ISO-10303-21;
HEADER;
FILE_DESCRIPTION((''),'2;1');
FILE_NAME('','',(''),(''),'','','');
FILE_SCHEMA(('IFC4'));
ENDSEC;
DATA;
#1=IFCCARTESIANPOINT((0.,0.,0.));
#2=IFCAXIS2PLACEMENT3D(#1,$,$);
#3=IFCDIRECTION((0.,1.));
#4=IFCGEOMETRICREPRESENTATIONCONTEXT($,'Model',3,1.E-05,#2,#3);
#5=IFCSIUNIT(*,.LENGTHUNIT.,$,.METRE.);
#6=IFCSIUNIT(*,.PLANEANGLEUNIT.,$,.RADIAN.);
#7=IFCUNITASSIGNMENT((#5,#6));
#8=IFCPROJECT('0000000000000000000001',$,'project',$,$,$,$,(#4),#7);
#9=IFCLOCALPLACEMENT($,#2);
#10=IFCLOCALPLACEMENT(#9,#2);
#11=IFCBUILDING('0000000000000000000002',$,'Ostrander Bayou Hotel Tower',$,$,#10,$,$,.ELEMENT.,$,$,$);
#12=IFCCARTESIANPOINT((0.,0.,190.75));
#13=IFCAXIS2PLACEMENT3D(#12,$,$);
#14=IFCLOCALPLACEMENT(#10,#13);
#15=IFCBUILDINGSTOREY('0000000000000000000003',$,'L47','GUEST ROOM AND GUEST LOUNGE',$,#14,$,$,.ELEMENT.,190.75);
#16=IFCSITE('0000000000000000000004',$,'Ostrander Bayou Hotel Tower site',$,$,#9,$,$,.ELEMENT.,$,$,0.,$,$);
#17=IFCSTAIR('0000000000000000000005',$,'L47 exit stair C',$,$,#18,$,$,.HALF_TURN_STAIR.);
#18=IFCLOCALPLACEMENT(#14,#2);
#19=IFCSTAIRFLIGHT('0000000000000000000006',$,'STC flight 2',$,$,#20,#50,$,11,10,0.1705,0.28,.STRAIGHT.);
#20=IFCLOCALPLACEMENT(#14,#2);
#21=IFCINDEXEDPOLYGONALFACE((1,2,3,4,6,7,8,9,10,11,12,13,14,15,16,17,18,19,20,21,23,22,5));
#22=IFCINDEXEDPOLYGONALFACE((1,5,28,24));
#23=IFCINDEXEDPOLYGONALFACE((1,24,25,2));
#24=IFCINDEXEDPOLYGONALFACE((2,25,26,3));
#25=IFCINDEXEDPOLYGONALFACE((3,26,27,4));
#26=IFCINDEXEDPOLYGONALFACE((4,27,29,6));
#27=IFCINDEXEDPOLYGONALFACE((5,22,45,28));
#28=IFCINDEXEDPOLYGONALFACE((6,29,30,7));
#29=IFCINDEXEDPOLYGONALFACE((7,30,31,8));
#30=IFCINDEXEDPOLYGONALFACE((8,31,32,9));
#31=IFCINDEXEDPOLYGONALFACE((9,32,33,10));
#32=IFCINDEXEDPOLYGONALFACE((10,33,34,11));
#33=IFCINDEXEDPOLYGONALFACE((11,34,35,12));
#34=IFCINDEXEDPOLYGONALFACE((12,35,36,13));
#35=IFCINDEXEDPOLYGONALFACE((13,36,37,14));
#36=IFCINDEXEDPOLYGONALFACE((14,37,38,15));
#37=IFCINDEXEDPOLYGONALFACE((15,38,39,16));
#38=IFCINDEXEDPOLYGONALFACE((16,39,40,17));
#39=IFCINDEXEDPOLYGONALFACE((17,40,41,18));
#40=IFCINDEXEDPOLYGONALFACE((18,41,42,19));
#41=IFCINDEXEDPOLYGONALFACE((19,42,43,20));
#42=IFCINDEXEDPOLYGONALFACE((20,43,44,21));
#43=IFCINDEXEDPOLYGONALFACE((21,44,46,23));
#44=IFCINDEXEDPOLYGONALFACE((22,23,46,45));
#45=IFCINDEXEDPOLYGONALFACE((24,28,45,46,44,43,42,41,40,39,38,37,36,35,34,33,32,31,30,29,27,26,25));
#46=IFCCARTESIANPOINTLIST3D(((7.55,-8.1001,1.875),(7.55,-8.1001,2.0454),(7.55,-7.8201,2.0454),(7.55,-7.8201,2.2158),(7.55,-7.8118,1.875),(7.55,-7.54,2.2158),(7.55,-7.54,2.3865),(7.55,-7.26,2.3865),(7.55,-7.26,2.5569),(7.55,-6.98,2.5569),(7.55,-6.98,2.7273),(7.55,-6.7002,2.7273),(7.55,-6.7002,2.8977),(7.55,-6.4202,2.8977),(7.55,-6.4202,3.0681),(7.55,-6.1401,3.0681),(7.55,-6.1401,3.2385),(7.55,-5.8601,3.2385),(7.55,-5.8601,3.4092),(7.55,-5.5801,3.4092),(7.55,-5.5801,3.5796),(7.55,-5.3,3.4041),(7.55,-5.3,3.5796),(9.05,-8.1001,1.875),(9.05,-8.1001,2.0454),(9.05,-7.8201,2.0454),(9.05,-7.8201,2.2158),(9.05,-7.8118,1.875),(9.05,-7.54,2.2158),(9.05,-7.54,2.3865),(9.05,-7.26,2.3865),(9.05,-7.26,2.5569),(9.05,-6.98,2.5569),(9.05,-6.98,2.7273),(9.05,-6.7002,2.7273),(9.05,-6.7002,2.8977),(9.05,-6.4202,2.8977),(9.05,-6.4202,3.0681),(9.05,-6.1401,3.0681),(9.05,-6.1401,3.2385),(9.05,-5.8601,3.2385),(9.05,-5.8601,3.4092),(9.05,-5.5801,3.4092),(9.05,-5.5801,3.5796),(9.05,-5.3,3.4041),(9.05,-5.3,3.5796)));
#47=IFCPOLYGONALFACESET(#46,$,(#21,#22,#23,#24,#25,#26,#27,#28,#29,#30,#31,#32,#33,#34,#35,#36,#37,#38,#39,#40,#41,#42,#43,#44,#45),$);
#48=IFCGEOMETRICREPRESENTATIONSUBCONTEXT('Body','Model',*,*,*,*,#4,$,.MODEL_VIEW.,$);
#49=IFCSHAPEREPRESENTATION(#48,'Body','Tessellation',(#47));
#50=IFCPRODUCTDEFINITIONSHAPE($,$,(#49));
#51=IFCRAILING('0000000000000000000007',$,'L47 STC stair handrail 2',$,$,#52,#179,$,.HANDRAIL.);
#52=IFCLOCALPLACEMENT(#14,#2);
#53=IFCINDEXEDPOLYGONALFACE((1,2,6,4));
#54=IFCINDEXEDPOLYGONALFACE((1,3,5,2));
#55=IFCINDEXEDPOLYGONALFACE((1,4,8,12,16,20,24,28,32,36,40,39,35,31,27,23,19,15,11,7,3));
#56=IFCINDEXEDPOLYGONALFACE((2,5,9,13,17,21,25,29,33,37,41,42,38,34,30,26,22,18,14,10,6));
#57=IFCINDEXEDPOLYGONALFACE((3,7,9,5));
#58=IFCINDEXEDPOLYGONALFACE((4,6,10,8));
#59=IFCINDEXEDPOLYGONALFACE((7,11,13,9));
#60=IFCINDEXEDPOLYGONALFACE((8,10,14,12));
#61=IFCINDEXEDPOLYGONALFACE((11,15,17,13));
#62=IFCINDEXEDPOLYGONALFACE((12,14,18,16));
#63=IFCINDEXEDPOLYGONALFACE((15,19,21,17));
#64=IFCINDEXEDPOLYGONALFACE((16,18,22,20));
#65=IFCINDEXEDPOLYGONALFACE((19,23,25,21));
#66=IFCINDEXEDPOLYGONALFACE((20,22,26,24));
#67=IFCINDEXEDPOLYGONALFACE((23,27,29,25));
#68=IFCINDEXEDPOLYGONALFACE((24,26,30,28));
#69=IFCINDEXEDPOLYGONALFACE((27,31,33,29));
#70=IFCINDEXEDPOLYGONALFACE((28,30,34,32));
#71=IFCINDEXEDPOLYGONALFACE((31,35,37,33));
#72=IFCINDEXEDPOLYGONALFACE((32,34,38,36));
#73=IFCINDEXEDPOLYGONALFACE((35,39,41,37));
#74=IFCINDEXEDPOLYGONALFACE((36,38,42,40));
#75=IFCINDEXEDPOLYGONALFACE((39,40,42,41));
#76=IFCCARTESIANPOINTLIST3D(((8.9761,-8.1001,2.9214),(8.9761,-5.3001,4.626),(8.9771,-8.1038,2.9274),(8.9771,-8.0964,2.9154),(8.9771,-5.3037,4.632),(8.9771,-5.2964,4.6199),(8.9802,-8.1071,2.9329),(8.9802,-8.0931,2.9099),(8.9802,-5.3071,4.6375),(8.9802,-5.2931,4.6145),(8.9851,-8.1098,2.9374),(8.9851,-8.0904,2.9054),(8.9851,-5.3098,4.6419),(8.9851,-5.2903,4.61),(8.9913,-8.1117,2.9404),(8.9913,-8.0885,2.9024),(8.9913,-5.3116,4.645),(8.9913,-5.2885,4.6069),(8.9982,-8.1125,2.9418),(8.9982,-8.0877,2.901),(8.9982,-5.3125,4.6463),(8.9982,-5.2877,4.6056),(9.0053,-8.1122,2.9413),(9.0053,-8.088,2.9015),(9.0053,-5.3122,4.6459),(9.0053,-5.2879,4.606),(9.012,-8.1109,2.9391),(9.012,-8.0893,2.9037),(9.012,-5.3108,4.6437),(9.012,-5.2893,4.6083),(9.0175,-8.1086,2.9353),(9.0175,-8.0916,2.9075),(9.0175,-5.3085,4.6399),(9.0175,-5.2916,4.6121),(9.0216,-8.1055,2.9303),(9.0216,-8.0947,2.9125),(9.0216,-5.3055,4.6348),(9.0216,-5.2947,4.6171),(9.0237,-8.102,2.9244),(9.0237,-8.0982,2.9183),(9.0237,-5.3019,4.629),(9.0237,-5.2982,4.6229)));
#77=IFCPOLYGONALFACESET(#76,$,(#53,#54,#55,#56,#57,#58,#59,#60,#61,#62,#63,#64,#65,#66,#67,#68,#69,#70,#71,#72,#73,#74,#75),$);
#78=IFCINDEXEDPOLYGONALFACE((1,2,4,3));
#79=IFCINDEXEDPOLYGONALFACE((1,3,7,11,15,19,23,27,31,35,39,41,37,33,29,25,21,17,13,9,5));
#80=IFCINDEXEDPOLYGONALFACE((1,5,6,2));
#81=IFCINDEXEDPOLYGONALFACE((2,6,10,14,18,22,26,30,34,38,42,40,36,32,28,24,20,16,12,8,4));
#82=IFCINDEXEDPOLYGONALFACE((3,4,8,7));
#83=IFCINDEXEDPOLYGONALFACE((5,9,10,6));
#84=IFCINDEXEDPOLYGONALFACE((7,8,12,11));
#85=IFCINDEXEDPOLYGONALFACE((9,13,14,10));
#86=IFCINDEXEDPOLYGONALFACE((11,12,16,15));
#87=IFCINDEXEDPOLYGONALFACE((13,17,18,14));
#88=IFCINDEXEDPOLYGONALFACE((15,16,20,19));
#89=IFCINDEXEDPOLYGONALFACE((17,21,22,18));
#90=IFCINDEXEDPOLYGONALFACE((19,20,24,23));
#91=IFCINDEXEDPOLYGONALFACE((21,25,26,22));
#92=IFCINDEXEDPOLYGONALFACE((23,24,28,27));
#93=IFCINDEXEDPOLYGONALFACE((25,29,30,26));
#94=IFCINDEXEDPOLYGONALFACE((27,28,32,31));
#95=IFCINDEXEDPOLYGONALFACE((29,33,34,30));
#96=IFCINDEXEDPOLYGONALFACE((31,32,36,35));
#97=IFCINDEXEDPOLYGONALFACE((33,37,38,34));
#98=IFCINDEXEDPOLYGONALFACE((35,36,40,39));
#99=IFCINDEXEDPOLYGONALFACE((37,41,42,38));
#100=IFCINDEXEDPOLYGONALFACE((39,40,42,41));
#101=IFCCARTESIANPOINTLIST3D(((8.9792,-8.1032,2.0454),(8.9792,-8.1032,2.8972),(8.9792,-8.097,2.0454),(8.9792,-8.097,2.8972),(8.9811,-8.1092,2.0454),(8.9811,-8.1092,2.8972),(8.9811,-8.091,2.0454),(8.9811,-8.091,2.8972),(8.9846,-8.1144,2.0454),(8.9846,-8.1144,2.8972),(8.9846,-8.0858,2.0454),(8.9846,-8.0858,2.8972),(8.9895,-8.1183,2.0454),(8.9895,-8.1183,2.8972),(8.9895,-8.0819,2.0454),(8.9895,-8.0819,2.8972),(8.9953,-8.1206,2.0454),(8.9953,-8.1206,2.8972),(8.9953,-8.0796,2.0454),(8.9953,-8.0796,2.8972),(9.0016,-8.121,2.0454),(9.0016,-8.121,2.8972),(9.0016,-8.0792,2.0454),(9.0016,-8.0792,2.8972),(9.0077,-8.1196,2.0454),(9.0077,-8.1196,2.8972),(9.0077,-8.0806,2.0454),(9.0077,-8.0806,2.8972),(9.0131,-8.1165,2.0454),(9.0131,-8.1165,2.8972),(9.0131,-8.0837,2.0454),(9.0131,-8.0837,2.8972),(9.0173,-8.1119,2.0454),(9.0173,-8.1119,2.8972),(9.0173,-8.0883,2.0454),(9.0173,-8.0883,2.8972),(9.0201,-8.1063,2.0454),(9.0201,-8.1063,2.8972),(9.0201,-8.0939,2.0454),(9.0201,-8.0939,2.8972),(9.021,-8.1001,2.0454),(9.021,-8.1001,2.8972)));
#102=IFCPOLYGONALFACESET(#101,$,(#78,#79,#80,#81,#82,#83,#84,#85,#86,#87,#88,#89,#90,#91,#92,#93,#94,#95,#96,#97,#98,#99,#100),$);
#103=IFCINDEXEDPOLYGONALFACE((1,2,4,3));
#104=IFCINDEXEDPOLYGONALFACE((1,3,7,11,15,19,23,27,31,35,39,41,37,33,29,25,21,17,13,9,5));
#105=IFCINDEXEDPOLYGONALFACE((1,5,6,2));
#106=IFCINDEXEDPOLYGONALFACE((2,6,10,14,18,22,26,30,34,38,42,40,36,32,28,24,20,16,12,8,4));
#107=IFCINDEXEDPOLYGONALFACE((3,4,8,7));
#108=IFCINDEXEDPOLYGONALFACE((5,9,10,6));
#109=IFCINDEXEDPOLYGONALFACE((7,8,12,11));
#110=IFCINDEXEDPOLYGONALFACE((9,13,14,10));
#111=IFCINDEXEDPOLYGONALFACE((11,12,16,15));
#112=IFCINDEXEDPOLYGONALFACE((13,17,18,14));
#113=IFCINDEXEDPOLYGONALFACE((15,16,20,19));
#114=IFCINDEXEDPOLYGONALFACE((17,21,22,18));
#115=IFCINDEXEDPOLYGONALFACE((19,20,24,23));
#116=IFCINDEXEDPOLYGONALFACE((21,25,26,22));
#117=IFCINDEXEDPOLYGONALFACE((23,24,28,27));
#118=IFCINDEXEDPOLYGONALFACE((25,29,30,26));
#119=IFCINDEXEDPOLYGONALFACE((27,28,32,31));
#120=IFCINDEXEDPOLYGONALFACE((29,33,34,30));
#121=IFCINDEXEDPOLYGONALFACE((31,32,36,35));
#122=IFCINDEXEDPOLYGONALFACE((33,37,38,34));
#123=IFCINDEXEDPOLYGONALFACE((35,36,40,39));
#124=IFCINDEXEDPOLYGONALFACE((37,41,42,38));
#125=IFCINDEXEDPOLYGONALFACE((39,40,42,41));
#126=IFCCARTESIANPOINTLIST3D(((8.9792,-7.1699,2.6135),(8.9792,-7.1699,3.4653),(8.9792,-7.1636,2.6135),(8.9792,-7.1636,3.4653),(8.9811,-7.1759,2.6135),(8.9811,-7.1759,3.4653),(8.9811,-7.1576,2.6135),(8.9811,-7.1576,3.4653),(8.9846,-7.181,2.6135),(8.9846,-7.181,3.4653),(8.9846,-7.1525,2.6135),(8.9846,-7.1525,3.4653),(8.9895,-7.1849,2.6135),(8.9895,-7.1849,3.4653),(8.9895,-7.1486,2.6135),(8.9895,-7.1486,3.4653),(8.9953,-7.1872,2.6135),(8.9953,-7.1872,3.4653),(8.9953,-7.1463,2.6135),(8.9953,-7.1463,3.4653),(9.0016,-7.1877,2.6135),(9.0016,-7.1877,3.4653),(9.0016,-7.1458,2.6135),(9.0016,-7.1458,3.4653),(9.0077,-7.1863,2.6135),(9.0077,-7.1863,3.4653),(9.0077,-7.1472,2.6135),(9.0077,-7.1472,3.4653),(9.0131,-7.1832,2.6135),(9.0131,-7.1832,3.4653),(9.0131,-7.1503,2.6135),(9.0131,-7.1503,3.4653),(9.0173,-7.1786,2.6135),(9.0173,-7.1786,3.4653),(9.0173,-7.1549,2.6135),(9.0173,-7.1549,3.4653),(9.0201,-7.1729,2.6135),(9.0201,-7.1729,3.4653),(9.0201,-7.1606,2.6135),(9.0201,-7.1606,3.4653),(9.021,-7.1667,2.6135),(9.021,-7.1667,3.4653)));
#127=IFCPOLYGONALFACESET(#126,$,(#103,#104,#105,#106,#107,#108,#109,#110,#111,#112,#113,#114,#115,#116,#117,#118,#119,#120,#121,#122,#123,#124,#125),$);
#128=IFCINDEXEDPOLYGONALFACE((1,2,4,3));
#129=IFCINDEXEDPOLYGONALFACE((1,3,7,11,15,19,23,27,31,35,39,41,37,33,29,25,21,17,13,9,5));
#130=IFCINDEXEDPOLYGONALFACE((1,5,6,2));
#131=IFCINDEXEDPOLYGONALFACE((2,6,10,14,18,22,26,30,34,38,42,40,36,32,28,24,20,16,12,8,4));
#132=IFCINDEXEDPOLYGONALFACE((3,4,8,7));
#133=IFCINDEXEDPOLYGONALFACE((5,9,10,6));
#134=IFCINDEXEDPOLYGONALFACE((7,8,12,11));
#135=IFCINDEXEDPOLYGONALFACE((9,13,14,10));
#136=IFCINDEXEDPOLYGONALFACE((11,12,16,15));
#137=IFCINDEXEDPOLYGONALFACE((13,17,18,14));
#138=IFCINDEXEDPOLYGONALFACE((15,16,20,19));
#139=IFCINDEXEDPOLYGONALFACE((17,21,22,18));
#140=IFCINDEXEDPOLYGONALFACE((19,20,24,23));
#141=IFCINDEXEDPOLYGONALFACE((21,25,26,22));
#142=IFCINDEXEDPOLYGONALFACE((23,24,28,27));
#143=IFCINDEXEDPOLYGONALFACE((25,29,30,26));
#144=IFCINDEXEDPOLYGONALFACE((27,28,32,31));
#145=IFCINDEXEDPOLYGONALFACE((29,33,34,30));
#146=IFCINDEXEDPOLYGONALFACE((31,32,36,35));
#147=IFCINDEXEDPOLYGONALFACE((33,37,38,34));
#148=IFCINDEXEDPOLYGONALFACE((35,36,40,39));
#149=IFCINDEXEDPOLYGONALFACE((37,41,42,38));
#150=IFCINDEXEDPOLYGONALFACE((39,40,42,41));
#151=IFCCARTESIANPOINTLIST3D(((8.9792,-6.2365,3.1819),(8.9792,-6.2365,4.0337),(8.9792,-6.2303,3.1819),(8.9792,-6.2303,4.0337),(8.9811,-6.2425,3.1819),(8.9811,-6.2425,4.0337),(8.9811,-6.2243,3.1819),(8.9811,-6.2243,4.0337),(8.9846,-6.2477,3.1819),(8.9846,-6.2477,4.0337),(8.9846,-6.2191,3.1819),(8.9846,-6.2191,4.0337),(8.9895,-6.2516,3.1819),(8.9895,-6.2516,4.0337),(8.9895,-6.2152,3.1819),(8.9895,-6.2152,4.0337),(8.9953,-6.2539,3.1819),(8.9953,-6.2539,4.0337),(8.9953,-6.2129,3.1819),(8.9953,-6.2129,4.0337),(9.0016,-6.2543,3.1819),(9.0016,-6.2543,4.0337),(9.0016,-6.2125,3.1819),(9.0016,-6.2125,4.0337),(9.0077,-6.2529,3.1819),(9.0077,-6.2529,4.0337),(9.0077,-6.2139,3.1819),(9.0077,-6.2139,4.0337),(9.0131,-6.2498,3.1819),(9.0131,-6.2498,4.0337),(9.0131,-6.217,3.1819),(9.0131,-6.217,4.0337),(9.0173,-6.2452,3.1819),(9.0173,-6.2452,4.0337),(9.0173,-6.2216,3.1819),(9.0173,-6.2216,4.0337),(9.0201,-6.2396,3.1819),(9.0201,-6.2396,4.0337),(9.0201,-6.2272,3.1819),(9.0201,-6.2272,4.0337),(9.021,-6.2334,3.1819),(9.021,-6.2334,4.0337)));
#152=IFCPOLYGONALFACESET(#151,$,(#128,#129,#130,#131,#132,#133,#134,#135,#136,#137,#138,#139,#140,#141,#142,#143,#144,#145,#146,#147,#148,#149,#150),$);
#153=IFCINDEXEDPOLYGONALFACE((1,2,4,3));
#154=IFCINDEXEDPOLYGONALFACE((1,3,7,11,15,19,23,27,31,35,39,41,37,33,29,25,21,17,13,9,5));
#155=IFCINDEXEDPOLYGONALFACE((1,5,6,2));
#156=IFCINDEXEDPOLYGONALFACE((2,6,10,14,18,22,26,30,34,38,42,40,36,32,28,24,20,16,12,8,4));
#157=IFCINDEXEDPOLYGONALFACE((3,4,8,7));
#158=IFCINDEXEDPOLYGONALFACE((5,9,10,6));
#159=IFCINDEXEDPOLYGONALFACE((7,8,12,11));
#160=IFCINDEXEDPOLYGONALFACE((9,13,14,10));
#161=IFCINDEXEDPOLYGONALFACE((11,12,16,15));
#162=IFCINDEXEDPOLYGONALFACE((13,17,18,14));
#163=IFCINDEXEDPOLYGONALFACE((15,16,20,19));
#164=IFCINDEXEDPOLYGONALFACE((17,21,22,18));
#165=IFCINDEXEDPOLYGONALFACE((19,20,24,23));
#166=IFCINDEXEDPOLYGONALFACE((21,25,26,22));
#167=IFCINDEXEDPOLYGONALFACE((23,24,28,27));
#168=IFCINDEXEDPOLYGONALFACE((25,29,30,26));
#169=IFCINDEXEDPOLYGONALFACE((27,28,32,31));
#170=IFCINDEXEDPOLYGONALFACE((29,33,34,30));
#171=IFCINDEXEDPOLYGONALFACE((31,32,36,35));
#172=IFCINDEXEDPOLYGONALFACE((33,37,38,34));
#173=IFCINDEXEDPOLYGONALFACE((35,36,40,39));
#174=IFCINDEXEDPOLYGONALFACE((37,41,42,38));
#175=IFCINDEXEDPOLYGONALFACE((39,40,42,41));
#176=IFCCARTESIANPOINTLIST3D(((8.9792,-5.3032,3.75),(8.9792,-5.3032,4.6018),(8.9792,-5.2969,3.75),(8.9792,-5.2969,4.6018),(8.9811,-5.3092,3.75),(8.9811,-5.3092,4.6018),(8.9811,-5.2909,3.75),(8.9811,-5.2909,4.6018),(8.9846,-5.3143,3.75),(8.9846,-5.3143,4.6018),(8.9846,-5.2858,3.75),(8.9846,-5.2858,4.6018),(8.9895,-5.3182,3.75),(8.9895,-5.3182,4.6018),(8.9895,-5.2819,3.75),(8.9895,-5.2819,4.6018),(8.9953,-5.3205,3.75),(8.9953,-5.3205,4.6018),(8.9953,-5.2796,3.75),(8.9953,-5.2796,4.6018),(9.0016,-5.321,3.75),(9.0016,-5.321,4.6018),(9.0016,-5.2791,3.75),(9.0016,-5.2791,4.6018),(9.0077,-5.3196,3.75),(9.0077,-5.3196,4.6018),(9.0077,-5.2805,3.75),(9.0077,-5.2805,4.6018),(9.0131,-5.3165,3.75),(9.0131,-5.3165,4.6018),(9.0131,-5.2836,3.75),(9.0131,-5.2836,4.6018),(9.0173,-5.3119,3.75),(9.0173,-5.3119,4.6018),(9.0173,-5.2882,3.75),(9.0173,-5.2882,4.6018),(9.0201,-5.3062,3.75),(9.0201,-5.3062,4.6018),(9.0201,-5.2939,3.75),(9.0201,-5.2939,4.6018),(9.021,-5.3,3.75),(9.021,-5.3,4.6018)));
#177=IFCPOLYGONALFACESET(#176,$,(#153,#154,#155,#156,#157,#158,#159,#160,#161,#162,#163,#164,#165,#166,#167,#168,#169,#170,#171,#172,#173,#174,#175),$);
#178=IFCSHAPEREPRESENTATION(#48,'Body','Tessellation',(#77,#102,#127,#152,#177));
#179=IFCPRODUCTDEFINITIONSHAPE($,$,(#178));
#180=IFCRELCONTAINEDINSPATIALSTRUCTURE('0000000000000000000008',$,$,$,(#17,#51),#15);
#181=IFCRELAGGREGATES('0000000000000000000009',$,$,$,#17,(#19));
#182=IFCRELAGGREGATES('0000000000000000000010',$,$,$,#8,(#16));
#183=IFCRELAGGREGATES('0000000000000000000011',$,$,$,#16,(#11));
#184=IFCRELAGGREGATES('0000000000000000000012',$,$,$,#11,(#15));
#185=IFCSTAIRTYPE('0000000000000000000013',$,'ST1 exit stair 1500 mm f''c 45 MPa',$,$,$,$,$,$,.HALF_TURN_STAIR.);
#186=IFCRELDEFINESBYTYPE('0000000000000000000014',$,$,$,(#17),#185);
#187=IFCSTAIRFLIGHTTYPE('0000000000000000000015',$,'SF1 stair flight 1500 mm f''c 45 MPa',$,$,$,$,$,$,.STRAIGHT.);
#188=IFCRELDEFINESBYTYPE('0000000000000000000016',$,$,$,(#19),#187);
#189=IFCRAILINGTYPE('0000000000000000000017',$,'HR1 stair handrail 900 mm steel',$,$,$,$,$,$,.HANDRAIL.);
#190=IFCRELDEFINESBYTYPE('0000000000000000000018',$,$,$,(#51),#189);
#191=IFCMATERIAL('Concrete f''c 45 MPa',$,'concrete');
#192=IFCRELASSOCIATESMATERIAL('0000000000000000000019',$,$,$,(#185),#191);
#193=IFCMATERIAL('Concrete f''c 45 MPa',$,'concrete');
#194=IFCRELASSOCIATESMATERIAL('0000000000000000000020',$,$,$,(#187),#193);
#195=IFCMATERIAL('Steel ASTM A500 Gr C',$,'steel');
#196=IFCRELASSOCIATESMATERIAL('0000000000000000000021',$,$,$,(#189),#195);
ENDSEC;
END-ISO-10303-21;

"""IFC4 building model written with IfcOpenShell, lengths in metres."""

from ifc_helpers import new_model, si_unit, direction, frame, origin, origin_2d, place, context, subcontext, project, spatial, polyline, circle, outline, extrude, material, type_object, element, aggregate, save


model = new_model("IFC4")

# Units and contexts
model_context = context("Model", 3, precision=1e-05, world=origin(), true_north=direction((0.0, 1.0)))
body_context = subcontext(model_context, "Body", "Model", "MODEL_VIEW")
ifc_project = project(units=[si_unit("LENGTHUNIT", "METRE"), si_unit("PLANEANGLEUNIT", "RADIAN")], contexts=[model_context])

# Site, building, storey
site_placement = place(None, origin())
site = spatial("IfcSite", under=ifc_project, at=site_placement, Name="Ostrander Bayou Hotel Tower site", CompositionType="ELEMENT", RefElevation=0.0)
building_placement = place(site_placement, origin())
building = spatial("IfcBuilding", under=site, at=building_placement, Name="Ostrander Bayou Hotel Tower", CompositionType="ELEMENT")
storey_placement = place(building_placement, frame((0.0, 0.0, 190.75)))
storey = spatial("IfcBuildingStorey", under=building, at=storey_placement, Name="L47", Description="GUEST ROOM AND GUEST LOUNGE", CompositionType="ELEMENT", Elevation=190.75)

# Stair, stair flight
ifc_material_1 = material(Name="Concrete f'c 45 MPa", Category="concrete")
stair_type = type_object("IfcStairType", Name="ST1 exit stair 1500 mm f'c 45 MPa", PredefinedType="HALF_TURN_STAIR", material=ifc_material_1)
stair_placement = place(storey_placement, origin())
stair = element("IfcStair", 1, at=stair_placement, inside=storey, type_object=stair_type, Name="L47 exit stair C", PredefinedType="HALF_TURN_STAIR")
ifc_material_2 = material(Name="Concrete f'c 45 MPa", Category="concrete")
stair_flight_type = type_object("IfcStairFlightType", Name="SF1 stair flight 1500 mm f'c 45 MPa", PredefinedType="STRAIGHT", material=ifc_material_2)
stair_flight_placement = place(storey_placement, frame((8.3, -8.1001, 1.875), z_axis=(0.0, 0.0, 1.0), x_axis=(0.0, 1.0, 0.0)))
stair_flight = element("IfcStairFlight", 2, at=stair_flight_placement, type_object=stair_flight_type, Name="STC flight 2", NumberOfRisers=11, NumberOfTreads=10, PredefinedType="STRAIGHT", RiserHeight=0.1705, TreadLength=0.28, context=body_context, shape_type="SweptSolid", body=[
    extrude(outline(polyline([(0.0, 0.0), (0.0, 0.1704), (0.28, 0.1704), (0.28, 0.3408), (0.5601, 0.3408), (0.5601, 0.5115), (0.8401, 0.5115), (0.8401, 0.6819), (1.1201, 0.6819), (1.1201, 0.8523), (1.3999, 0.8523), (1.3999, 1.0227), (1.6799, 1.0227), (1.6799, 1.1931), (1.96, 1.1931), (1.96, 1.3635), (2.24, 1.3635), (2.24, 1.5342), (2.52, 1.5342), (2.52, 1.7046), (2.8, 1.7046), (2.8, 1.875), (2.8, 1.5291), (0.2883, 0.0), (0.0, 0.0)])), frame((0.0, 0.75, 0.0), z_axis=(0.0, -1.0, 0.0), x_axis=(1.0, 0.0, 0.0)), (0.0, 0.0, 1.0), 1.5),
])
aggregate(stair, [stair_flight])

# Railing
ifc_material_3 = material(Name="Steel ASTM A500 Gr C", Category="steel")
railing_type = type_object("IfcRailingType", Name="HR1 stair handrail 900 mm steel", PredefinedType="HANDRAIL", material=ifc_material_3)
railing_placement = place(storey_placement, frame((9.0, -8.1001, 2.0454)))
element("IfcRailing", 3, at=railing_placement, inside=storey, type_object=railing_type, Name="L47 STC stair handrail 2", PredefinedType="HANDRAIL", context=body_context, shape_type="SweptSolid", body=[
    extrude(circle(Radius=0.0239, at=origin_2d()), frame((0.0, 0.0, 0.876), z_axis=(0.0, 0.85417, 0.519994), x_axis=(-1.0, 0.0, 0.0)), (0.0, 0.0, 1.0), 3.2781),
    extrude(circle(Radius=0.021, at=origin_2d()), origin(), (0.0, 0.0, 1.0), 0.8518),
    extrude(circle(Radius=0.021, at=origin_2d()), frame((0.0, 0.9333, 0.5681)), (0.0, 0.0, 1.0), 0.8518),
    extrude(circle(Radius=0.021, at=origin_2d()), frame((0.0, 1.8667, 1.1365)), (0.0, 0.0, 1.0), 0.8518),
    extrude(circle(Radius=0.021, at=origin_2d()), frame((0.0, 2.8, 1.7046)), (0.0, 0.0, 1.0), 0.8518),
])

save(model, "model.ifc")
